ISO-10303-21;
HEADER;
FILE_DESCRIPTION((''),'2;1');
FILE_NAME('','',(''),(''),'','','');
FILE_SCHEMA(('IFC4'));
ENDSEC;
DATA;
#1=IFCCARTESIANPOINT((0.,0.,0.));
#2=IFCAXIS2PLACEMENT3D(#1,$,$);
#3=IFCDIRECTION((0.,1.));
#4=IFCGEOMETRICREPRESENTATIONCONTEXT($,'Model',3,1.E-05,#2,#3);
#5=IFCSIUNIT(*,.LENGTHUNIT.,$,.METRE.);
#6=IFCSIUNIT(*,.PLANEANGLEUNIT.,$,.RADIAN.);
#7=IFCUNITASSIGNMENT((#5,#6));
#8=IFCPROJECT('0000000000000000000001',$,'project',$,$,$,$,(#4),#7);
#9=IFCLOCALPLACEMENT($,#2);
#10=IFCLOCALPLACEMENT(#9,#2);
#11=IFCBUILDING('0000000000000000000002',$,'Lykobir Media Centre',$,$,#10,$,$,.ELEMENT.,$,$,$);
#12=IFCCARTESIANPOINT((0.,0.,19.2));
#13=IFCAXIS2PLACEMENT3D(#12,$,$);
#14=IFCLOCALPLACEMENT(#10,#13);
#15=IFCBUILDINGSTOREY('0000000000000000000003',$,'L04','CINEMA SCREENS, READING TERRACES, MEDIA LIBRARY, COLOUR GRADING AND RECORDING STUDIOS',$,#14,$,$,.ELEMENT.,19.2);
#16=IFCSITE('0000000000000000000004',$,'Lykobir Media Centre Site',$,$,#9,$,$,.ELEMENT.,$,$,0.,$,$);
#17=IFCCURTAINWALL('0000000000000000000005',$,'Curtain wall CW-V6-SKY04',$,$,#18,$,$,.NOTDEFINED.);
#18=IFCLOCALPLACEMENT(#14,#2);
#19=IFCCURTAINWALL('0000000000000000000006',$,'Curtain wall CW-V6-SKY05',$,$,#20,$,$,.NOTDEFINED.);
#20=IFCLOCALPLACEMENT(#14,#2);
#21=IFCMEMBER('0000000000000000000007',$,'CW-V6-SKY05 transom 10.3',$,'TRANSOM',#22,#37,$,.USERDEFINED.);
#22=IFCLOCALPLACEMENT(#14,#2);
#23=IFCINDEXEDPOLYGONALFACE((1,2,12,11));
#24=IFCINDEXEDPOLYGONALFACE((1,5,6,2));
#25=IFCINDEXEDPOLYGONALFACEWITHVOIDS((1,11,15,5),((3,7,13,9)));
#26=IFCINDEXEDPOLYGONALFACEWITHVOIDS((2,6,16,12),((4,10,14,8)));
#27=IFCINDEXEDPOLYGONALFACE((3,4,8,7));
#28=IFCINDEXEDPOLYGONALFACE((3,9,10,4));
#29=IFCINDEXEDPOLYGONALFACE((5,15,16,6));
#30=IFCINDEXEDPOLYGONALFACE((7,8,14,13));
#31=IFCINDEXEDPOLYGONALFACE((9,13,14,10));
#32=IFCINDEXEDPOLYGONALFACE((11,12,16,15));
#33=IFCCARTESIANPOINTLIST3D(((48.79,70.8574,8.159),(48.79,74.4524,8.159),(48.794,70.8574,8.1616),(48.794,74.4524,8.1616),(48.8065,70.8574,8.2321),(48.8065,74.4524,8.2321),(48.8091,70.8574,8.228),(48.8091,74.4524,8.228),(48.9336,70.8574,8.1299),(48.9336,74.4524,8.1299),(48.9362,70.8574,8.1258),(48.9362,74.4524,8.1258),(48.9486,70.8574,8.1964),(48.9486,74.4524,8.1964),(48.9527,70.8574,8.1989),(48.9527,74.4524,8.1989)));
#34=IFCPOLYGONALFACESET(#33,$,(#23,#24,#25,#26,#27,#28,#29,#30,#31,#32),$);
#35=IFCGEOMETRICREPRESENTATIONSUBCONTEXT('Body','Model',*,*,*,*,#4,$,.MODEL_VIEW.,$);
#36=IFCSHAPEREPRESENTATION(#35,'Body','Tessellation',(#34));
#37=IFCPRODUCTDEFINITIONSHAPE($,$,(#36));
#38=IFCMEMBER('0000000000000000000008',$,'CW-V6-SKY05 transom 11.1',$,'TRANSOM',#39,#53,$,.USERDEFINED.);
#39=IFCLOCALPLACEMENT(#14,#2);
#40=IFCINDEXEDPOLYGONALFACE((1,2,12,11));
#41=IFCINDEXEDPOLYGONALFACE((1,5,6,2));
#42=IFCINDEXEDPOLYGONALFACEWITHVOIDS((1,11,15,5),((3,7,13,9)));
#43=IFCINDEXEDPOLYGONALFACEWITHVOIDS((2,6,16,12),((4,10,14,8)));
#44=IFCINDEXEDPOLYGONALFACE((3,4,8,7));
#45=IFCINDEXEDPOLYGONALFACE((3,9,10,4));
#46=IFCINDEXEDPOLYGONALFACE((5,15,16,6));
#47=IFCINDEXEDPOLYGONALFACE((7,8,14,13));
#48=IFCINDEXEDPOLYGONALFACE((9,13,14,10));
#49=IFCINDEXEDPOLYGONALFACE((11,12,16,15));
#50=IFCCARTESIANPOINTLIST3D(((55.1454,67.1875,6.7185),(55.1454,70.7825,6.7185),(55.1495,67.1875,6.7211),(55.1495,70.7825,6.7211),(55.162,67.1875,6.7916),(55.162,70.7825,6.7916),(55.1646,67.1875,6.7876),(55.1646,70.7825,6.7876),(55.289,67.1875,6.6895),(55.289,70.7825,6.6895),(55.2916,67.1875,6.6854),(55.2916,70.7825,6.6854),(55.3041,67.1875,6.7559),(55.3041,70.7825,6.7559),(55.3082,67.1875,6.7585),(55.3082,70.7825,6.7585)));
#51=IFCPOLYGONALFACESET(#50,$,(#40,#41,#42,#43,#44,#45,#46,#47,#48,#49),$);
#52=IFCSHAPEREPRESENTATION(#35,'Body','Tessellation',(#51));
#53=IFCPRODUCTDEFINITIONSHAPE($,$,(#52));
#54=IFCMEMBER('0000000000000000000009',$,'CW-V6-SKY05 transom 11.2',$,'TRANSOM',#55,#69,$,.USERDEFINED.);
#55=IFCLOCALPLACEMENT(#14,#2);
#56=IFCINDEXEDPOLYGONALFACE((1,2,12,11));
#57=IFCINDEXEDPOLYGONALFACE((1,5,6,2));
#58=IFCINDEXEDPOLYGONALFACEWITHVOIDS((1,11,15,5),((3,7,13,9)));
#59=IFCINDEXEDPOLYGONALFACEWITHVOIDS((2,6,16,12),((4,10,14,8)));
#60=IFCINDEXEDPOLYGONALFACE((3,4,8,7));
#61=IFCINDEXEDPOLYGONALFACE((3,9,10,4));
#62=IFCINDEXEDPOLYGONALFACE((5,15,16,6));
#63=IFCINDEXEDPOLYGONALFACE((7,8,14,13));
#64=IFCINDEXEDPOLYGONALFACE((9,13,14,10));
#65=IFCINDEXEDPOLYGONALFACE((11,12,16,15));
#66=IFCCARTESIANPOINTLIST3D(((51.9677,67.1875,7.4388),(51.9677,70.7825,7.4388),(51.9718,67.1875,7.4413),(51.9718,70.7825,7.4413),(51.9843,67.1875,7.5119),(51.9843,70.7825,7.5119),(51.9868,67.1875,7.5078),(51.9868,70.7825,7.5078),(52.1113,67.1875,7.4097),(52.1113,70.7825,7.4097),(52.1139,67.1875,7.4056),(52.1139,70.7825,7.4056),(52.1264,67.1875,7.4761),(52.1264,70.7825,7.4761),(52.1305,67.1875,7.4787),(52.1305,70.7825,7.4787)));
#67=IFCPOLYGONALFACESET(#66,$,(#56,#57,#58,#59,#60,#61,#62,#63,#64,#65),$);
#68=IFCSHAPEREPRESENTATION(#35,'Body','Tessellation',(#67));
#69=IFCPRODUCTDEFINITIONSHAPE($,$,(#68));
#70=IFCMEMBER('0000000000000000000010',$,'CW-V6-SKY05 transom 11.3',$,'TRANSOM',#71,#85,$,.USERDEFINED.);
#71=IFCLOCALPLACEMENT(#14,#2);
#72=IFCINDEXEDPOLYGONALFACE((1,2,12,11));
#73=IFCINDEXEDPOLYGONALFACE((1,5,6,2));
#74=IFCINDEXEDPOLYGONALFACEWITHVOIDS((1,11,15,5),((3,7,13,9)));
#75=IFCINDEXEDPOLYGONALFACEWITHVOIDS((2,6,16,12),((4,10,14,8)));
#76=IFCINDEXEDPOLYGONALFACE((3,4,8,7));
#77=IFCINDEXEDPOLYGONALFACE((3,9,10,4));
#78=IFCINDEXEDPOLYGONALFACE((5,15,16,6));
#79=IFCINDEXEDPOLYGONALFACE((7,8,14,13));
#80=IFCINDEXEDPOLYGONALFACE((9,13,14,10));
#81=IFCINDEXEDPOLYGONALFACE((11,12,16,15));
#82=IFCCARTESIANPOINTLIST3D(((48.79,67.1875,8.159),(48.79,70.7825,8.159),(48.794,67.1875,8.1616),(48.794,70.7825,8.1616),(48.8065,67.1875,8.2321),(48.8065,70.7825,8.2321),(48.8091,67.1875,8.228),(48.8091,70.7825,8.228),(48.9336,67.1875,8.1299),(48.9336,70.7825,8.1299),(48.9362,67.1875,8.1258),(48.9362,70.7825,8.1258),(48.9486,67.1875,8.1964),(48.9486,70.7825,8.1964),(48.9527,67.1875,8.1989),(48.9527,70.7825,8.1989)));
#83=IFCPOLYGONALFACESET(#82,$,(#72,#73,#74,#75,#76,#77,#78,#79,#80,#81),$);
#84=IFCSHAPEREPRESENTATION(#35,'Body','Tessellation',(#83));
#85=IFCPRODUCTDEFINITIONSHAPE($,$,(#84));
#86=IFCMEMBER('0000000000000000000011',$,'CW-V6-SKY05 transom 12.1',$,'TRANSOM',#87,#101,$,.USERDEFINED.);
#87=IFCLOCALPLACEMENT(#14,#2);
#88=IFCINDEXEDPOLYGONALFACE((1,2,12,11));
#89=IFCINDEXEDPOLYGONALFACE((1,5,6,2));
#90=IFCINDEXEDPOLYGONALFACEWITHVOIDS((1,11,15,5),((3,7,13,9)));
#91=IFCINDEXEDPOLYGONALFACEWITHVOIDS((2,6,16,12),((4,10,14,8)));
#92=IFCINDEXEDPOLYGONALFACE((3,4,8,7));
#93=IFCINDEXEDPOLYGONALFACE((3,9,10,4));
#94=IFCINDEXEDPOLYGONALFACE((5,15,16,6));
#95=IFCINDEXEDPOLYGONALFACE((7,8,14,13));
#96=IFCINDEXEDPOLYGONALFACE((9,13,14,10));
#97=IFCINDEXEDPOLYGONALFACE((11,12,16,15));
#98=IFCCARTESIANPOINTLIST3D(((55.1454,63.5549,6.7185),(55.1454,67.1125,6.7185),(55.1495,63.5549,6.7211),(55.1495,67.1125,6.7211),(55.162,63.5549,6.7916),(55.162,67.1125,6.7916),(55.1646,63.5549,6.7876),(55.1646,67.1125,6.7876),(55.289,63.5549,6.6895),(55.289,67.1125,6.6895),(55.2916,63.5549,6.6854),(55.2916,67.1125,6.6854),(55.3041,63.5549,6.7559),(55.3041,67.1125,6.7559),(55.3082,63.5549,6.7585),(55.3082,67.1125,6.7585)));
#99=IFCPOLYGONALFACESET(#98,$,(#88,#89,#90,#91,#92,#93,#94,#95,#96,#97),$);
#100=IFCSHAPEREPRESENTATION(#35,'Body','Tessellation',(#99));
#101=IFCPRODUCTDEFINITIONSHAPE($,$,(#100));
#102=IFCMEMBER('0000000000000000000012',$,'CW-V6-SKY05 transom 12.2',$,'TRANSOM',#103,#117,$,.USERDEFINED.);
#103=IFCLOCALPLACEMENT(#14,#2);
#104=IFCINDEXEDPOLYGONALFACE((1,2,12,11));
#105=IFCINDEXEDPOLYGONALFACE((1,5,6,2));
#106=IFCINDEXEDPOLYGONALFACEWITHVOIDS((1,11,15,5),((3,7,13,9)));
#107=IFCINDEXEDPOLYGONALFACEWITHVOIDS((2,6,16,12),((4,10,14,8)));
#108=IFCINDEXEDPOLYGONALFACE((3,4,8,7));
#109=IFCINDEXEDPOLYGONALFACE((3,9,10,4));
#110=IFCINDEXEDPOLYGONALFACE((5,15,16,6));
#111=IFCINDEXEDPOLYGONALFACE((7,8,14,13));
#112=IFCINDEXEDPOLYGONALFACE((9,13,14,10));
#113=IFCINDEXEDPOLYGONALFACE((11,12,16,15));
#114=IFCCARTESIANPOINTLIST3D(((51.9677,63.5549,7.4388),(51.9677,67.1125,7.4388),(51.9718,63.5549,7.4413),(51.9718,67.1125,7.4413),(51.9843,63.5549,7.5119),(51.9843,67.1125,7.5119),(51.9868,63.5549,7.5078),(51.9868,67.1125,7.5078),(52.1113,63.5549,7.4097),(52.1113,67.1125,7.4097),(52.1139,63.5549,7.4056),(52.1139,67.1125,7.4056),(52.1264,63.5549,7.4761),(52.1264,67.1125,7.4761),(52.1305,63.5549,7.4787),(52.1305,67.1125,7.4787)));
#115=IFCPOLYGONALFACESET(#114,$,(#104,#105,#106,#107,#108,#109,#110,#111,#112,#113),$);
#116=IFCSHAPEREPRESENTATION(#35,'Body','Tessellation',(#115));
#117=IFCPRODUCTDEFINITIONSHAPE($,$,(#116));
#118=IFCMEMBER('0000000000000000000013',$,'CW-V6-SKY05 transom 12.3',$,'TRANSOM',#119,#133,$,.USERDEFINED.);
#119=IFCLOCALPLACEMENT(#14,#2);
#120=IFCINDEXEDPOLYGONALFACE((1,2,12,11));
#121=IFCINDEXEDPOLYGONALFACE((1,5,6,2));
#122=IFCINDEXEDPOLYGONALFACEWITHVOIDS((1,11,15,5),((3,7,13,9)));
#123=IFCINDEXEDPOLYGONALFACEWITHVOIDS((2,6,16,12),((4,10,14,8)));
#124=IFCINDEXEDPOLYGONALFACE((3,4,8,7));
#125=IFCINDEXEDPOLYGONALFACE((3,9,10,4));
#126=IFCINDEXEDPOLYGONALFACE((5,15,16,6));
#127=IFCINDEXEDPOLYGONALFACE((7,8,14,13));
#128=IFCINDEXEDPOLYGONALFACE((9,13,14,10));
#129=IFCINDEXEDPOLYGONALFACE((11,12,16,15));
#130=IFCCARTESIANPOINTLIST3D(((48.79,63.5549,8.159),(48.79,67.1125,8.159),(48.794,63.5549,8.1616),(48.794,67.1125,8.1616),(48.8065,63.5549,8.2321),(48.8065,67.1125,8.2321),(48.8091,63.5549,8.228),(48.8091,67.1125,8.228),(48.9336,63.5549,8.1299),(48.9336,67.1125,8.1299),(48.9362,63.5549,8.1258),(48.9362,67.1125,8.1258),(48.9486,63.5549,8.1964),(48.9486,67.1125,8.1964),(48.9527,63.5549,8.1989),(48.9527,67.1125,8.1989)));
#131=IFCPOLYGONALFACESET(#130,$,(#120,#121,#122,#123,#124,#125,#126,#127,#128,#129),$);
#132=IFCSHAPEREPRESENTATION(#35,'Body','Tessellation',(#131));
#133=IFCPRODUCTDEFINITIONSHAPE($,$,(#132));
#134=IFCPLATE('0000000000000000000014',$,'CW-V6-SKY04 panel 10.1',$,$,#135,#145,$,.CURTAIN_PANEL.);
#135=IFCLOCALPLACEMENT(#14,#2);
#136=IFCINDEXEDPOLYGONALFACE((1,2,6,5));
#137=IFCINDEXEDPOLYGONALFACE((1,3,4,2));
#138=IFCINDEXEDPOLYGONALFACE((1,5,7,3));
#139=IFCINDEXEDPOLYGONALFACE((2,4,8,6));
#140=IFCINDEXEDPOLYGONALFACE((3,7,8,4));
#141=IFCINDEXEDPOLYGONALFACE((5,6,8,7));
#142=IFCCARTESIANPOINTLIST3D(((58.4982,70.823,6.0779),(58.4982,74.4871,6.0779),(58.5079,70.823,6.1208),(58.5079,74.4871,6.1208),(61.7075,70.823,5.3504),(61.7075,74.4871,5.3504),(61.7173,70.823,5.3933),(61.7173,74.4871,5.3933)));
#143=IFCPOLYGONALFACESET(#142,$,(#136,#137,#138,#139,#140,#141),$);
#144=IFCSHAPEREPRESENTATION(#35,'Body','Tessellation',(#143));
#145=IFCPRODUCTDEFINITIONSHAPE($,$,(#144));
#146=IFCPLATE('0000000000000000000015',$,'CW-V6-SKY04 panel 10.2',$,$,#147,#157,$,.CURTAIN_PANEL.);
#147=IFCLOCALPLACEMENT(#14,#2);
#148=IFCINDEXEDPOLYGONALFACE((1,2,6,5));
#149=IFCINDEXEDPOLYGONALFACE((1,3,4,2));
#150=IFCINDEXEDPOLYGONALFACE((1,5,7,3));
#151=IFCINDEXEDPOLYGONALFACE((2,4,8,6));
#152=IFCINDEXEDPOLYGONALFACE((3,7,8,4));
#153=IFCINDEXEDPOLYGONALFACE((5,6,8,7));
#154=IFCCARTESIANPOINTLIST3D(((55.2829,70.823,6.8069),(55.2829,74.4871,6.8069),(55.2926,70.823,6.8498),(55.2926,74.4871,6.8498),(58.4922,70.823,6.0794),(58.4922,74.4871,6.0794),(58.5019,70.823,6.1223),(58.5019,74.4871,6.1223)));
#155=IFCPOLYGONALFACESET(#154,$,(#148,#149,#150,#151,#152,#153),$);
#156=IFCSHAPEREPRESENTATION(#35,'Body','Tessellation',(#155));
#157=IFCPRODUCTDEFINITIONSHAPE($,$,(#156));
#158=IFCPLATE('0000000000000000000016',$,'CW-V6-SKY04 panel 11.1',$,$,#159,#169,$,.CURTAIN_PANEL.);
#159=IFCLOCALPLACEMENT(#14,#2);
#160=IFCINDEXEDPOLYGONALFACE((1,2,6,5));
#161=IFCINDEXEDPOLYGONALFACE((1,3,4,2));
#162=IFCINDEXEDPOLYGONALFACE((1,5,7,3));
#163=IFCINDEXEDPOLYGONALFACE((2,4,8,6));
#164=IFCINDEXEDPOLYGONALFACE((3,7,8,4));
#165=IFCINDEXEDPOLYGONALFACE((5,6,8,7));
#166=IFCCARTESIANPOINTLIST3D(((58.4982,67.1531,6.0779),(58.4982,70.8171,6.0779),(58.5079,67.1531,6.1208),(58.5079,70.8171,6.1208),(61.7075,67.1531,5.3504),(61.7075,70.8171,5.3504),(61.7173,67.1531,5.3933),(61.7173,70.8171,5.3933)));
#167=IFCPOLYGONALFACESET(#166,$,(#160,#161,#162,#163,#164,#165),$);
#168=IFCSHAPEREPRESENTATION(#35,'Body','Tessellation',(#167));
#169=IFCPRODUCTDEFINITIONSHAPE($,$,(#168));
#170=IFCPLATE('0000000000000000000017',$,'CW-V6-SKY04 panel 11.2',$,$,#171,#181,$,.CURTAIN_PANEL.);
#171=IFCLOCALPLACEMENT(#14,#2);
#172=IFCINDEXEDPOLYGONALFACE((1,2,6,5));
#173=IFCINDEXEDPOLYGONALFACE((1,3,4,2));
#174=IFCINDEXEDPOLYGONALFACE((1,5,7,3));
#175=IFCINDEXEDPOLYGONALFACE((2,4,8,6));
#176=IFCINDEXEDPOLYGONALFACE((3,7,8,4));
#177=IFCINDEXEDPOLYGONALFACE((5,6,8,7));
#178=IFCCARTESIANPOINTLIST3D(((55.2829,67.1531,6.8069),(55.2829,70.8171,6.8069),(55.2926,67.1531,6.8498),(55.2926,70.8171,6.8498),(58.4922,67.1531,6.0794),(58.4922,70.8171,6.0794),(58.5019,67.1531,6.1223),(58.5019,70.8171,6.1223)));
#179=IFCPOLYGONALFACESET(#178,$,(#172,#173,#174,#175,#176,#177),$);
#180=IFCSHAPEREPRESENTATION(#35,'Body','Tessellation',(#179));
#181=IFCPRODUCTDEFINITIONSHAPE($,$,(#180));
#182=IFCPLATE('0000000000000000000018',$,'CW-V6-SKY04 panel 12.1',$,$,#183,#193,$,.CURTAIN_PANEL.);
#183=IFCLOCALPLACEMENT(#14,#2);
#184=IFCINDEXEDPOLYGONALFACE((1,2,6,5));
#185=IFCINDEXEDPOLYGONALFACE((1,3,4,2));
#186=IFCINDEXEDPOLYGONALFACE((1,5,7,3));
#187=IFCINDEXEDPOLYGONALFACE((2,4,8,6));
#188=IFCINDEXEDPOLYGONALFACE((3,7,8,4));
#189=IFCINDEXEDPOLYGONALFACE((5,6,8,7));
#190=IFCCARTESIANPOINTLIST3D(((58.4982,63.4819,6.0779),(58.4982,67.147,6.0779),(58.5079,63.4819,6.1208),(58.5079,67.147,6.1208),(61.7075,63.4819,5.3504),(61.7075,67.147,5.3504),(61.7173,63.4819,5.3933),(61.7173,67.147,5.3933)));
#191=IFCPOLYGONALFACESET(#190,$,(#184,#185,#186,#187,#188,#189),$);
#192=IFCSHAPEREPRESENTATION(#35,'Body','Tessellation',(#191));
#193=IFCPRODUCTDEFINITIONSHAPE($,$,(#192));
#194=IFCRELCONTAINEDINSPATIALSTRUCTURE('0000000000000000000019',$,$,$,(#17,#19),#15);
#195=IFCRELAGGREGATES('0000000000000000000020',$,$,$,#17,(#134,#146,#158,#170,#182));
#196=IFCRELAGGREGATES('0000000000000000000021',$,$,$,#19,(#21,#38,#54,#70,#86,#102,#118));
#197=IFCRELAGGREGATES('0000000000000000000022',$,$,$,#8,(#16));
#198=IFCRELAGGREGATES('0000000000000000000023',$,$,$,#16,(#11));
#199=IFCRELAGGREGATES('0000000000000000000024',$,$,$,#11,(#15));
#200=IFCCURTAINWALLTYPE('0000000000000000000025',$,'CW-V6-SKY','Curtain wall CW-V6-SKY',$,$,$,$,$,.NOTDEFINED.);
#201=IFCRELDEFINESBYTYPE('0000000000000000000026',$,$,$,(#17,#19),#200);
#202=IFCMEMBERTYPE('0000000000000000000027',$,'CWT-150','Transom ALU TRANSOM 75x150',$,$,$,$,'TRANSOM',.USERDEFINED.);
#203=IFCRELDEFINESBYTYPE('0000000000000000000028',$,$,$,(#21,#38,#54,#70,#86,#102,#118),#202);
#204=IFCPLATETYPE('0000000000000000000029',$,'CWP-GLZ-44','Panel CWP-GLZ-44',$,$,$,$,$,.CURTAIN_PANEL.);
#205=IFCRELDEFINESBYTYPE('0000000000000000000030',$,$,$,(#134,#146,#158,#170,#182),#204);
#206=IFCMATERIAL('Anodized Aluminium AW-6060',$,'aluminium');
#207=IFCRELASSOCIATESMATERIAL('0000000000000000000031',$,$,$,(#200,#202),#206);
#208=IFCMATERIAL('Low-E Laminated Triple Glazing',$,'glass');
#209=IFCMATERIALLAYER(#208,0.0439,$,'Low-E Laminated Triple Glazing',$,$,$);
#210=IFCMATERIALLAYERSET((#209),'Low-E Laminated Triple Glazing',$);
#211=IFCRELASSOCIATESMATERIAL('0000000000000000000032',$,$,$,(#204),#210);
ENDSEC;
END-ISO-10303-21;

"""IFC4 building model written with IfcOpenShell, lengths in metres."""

from ifc_helpers import new_model, si_unit, direction, frame, origin, origin_2d, place, context, subcontext, project, spatial, rectangle, hollow_rectangle, extrude, material, layer, layer_set, material_profile, profile_set, type_object, element, aggregate, save


model = new_model("IFC4")

# Units and contexts
model_context = context("Model", 3, precision=1e-05, world=origin(), true_north=direction((0.0, 1.0)))
body_context = subcontext(model_context, "Body", "Model", "MODEL_VIEW")
ifc_project = project(units=[si_unit("LENGTHUNIT", "METRE"), si_unit("PLANEANGLEUNIT", "RADIAN")], contexts=[model_context])

# Site, building, storey
site_placement = place(None, origin())
site = spatial("IfcSite", under=ifc_project, at=site_placement, Name="Lykobir Media Centre Site", CompositionType="ELEMENT", RefElevation=0.0)
building_placement = place(site_placement, origin())
building = spatial("IfcBuilding", under=site, at=building_placement, Name="Lykobir Media Centre", CompositionType="ELEMENT")
storey_placement = place(building_placement, frame((0.0, 0.0, 19.2)))
storey = spatial("IfcBuildingStorey", under=building, at=storey_placement, Name="L04", Description="CINEMA SCREENS, READING TERRACES, MEDIA LIBRARY, COLOUR GRADING AND RECORDING STUDIOS", CompositionType="ELEMENT", Elevation=19.2)

# Curtain walls, members
ifc_material_1 = material(Name="Anodized Aluminium AW-6060", Category="aluminium")
curtain_wall_type = type_object("IfcCurtainWallType", Name="CW-V6-SKY", Description="Curtain wall CW-V6-SKY", PredefinedType="NOTDEFINED", material=ifc_material_1)
ifc_material_profile_1 = material_profile(ifc_material_1, hollow_rectangle(XDim=0.075, YDim=0.1499, WallThickness=0.0034, at=origin_2d()), Name="ALU TRANSOM 75x150")
ifc_profile_set_1 = profile_set([ifc_material_profile_1], Name="Anodized Aluminium AW-6060")
member_type_1 = type_object("IfcMemberType", Name="CWT-150", Description="Transom ALU TRANSOM 75x150", ElementType="TRANSOM", PredefinedType="USERDEFINED", material=ifc_profile_set_1)
curtain_wall_1_placement = place(storey_placement, origin())
curtain_wall_1 = element("IfcCurtainWall", 1, at=curtain_wall_1_placement, inside=storey, type_object=curtain_wall_type, Name="Curtain wall CW-V6-SKY04", PredefinedType="NOTDEFINED")
curtain_wall_2_placement = place(storey_placement, origin())
curtain_wall_2 = element("IfcCurtainWall", 2, at=curtain_wall_2_placement, inside=storey, type_object=curtain_wall_type, Name="Curtain wall CW-V6-SKY05", PredefinedType="NOTDEFINED")
member_1_placement = place(storey_placement, frame((48.8713, 74.4524, 8.179), z_axis=(0.0, -1.0, 0.0), x_axis=(0.221055, 0.0, 0.975261)))
member_1 = element("IfcMember", 3, at=member_1_placement, type_object=member_type_1, Name="CW-V6-SKY05 transom 10.3", ObjectType="TRANSOM", PredefinedType="USERDEFINED", context=body_context, shape_type="SweptSolid", body=[
    extrude(hollow_rectangle(XDim=0.075, YDim=0.1499, WallThickness=0.0034, at=origin_2d()), origin(), (0.0, 0.0, 1.0), 3.595),
])
member_2_placement = place(storey_placement, frame((55.2268, 70.7825, 6.7385), z_axis=(0.0, -1.0, 0.0), x_axis=(0.221055, 0.0, 0.975261)))
member_2 = element("IfcMember", 4, at=member_2_placement, type_object=member_type_1, Name="CW-V6-SKY05 transom 11.1", ObjectType="TRANSOM", PredefinedType="USERDEFINED", context=body_context, shape_type="SweptSolid", body=[
    extrude(hollow_rectangle(XDim=0.075, YDim=0.1499, WallThickness=0.0034, at=origin_2d()), origin(), (0.0, 0.0, 1.0), 3.595),
])
member_3_placement = place(storey_placement, frame((52.0491, 70.7825, 7.4587), z_axis=(0.0, -1.0, 0.0), x_axis=(0.221055, 0.0, 0.975261)))
member_3 = element("IfcMember", 5, at=member_3_placement, type_object=member_type_1, Name="CW-V6-SKY05 transom 11.2", ObjectType="TRANSOM", PredefinedType="USERDEFINED", context=body_context, shape_type="SweptSolid", body=[
    extrude(hollow_rectangle(XDim=0.075, YDim=0.1499, WallThickness=0.0034, at=origin_2d()), origin(), (0.0, 0.0, 1.0), 3.595),
])
member_4_placement = place(storey_placement, frame((48.8713, 70.7825, 8.179), z_axis=(0.0, -1.0, 0.0), x_axis=(0.221055, 0.0, 0.975261)))
member_4 = element("IfcMember", 6, at=member_4_placement, type_object=member_type_1, Name="CW-V6-SKY05 transom 11.3", ObjectType="TRANSOM", PredefinedType="USERDEFINED", context=body_context, shape_type="SweptSolid", body=[
    extrude(hollow_rectangle(XDim=0.075, YDim=0.1499, WallThickness=0.0034, at=origin_2d()), origin(), (0.0, 0.0, 1.0), 3.595),
])
member_5_placement = place(storey_placement, frame((55.2268, 67.1125, 6.7385), z_axis=(0.0, -1.0, 0.0), x_axis=(0.221055, 0.0, 0.975261)))
member_5 = element("IfcMember", 7, at=member_5_placement, type_object=member_type_1, Name="CW-V6-SKY05 transom 12.1", ObjectType="TRANSOM", PredefinedType="USERDEFINED", context=body_context, shape_type="SweptSolid", body=[
    extrude(hollow_rectangle(XDim=0.075, YDim=0.1499, WallThickness=0.0034, at=origin_2d()), origin(), (0.0, 0.0, 1.0), 3.5576),
])
member_6_placement = place(storey_placement, frame((52.0491, 67.1125, 7.4587), z_axis=(0.0, -1.0, 0.0), x_axis=(0.221055, 0.0, 0.975261)))
member_6 = element("IfcMember", 8, at=member_6_placement, type_object=member_type_1, Name="CW-V6-SKY05 transom 12.2", ObjectType="TRANSOM", PredefinedType="USERDEFINED", context=body_context, shape_type="SweptSolid", body=[
    extrude(hollow_rectangle(XDim=0.075, YDim=0.1499, WallThickness=0.0034, at=origin_2d()), origin(), (0.0, 0.0, 1.0), 3.5576),
])
member_7_placement = place(storey_placement, frame((48.8713, 67.1125, 8.179), z_axis=(0.0, -1.0, 0.0), x_axis=(0.221055, 0.0, 0.975261)))
member_7 = element("IfcMember", 9, at=member_7_placement, type_object=member_type_1, Name="CW-V6-SKY05 transom 12.3", ObjectType="TRANSOM", PredefinedType="USERDEFINED", context=body_context, shape_type="SweptSolid", body=[
    extrude(hollow_rectangle(XDim=0.075, YDim=0.1499, WallThickness=0.0034, at=origin_2d()), origin(), (0.0, 0.0, 1.0), 3.5576),
])

# Plates
ifc_material_2 = material(Name="Low-E Laminated Triple Glazing", Category="glass")
ifc_layer_1 = layer(ifc_material_2, 0.0439, Name="Low-E Laminated Triple Glazing")
ifc_layer_set_1 = layer_set([ifc_layer_1], Name="Low-E Laminated Triple Glazing")
plate_type_1 = type_object("IfcPlateType", Name="CWP-GLZ-44", Description="Panel CWP-GLZ-44", PredefinedType="CURTAIN_PANEL", material=ifc_layer_set_1)
plate_1_placement = place(storey_placement, frame((61.7124, 72.655, 5.3718), z_axis=(-0.975258, 0.0, 0.221072), x_axis=(0.0, -1.0, 0.0)))
plate_1 = element("IfcPlate", 10, at=plate_1_placement, type_object=plate_type_1, Name="CW-V6-SKY04 panel 10.1", PredefinedType="CURTAIN_PANEL", context=body_context, shape_type="SweptSolid", body=[
    extrude(rectangle(XDim=3.6641, YDim=0.0439, at=origin_2d()), origin(), (0.0, 0.0, 1.0), 3.2908),
])
plate_2_placement = place(storey_placement, frame((58.4971, 72.655, 6.1008), z_axis=(-0.975258, 0.0, 0.221072), x_axis=(0.0, -1.0, 0.0)))
plate_2 = element("IfcPlate", 11, at=plate_2_placement, type_object=plate_type_1, Name="CW-V6-SKY04 panel 10.2", PredefinedType="CURTAIN_PANEL", context=body_context, shape_type="SweptSolid", body=[
    extrude(rectangle(XDim=3.6641, YDim=0.0439, at=origin_2d()), origin(), (0.0, 0.0, 1.0), 3.2908),
])
plate_3_placement = place(storey_placement, frame((61.7124, 68.9851, 5.3718), z_axis=(-0.975258, 0.0, 0.221072), x_axis=(0.0, -1.0, 0.0)))
plate_3 = element("IfcPlate", 12, at=plate_3_placement, type_object=plate_type_1, Name="CW-V6-SKY04 panel 11.1", PredefinedType="CURTAIN_PANEL", context=body_context, shape_type="SweptSolid", body=[
    extrude(rectangle(XDim=3.6641, YDim=0.0439, at=origin_2d()), origin(), (0.0, 0.0, 1.0), 3.2908),
])
plate_4_placement = place(storey_placement, frame((58.4971, 68.9851, 6.1008), z_axis=(-0.975258, 0.0, 0.221072), x_axis=(0.0, -1.0, 0.0)))
plate_4 = element("IfcPlate", 13, at=plate_4_placement, type_object=plate_type_1, Name="CW-V6-SKY04 panel 11.2", PredefinedType="CURTAIN_PANEL", context=body_context, shape_type="SweptSolid", body=[
    extrude(rectangle(XDim=3.6641, YDim=0.0439, at=origin_2d()), origin(), (0.0, 0.0, 1.0), 3.2908),
])
plate_5_placement = place(storey_placement, frame((61.7124, 65.3145, 5.3718), z_axis=(-0.975258, 0.0, 0.221072), x_axis=(0.0, -1.0, 0.0)))
plate_5 = element("IfcPlate", 14, at=plate_5_placement, type_object=plate_type_1, Name="CW-V6-SKY04 panel 12.1", PredefinedType="CURTAIN_PANEL", context=body_context, shape_type="SweptSolid", body=[
    extrude(rectangle(XDim=3.665, YDim=0.0439, at=origin_2d()), origin(), (0.0, 0.0, 1.0), 3.2908),
])
aggregate(curtain_wall_1, [plate_1, plate_2, plate_3, plate_4, plate_5])
aggregate(curtain_wall_2, [member_1, member_2, member_3, member_4, member_5, member_6, member_7])

save(model, "model.ifc")
